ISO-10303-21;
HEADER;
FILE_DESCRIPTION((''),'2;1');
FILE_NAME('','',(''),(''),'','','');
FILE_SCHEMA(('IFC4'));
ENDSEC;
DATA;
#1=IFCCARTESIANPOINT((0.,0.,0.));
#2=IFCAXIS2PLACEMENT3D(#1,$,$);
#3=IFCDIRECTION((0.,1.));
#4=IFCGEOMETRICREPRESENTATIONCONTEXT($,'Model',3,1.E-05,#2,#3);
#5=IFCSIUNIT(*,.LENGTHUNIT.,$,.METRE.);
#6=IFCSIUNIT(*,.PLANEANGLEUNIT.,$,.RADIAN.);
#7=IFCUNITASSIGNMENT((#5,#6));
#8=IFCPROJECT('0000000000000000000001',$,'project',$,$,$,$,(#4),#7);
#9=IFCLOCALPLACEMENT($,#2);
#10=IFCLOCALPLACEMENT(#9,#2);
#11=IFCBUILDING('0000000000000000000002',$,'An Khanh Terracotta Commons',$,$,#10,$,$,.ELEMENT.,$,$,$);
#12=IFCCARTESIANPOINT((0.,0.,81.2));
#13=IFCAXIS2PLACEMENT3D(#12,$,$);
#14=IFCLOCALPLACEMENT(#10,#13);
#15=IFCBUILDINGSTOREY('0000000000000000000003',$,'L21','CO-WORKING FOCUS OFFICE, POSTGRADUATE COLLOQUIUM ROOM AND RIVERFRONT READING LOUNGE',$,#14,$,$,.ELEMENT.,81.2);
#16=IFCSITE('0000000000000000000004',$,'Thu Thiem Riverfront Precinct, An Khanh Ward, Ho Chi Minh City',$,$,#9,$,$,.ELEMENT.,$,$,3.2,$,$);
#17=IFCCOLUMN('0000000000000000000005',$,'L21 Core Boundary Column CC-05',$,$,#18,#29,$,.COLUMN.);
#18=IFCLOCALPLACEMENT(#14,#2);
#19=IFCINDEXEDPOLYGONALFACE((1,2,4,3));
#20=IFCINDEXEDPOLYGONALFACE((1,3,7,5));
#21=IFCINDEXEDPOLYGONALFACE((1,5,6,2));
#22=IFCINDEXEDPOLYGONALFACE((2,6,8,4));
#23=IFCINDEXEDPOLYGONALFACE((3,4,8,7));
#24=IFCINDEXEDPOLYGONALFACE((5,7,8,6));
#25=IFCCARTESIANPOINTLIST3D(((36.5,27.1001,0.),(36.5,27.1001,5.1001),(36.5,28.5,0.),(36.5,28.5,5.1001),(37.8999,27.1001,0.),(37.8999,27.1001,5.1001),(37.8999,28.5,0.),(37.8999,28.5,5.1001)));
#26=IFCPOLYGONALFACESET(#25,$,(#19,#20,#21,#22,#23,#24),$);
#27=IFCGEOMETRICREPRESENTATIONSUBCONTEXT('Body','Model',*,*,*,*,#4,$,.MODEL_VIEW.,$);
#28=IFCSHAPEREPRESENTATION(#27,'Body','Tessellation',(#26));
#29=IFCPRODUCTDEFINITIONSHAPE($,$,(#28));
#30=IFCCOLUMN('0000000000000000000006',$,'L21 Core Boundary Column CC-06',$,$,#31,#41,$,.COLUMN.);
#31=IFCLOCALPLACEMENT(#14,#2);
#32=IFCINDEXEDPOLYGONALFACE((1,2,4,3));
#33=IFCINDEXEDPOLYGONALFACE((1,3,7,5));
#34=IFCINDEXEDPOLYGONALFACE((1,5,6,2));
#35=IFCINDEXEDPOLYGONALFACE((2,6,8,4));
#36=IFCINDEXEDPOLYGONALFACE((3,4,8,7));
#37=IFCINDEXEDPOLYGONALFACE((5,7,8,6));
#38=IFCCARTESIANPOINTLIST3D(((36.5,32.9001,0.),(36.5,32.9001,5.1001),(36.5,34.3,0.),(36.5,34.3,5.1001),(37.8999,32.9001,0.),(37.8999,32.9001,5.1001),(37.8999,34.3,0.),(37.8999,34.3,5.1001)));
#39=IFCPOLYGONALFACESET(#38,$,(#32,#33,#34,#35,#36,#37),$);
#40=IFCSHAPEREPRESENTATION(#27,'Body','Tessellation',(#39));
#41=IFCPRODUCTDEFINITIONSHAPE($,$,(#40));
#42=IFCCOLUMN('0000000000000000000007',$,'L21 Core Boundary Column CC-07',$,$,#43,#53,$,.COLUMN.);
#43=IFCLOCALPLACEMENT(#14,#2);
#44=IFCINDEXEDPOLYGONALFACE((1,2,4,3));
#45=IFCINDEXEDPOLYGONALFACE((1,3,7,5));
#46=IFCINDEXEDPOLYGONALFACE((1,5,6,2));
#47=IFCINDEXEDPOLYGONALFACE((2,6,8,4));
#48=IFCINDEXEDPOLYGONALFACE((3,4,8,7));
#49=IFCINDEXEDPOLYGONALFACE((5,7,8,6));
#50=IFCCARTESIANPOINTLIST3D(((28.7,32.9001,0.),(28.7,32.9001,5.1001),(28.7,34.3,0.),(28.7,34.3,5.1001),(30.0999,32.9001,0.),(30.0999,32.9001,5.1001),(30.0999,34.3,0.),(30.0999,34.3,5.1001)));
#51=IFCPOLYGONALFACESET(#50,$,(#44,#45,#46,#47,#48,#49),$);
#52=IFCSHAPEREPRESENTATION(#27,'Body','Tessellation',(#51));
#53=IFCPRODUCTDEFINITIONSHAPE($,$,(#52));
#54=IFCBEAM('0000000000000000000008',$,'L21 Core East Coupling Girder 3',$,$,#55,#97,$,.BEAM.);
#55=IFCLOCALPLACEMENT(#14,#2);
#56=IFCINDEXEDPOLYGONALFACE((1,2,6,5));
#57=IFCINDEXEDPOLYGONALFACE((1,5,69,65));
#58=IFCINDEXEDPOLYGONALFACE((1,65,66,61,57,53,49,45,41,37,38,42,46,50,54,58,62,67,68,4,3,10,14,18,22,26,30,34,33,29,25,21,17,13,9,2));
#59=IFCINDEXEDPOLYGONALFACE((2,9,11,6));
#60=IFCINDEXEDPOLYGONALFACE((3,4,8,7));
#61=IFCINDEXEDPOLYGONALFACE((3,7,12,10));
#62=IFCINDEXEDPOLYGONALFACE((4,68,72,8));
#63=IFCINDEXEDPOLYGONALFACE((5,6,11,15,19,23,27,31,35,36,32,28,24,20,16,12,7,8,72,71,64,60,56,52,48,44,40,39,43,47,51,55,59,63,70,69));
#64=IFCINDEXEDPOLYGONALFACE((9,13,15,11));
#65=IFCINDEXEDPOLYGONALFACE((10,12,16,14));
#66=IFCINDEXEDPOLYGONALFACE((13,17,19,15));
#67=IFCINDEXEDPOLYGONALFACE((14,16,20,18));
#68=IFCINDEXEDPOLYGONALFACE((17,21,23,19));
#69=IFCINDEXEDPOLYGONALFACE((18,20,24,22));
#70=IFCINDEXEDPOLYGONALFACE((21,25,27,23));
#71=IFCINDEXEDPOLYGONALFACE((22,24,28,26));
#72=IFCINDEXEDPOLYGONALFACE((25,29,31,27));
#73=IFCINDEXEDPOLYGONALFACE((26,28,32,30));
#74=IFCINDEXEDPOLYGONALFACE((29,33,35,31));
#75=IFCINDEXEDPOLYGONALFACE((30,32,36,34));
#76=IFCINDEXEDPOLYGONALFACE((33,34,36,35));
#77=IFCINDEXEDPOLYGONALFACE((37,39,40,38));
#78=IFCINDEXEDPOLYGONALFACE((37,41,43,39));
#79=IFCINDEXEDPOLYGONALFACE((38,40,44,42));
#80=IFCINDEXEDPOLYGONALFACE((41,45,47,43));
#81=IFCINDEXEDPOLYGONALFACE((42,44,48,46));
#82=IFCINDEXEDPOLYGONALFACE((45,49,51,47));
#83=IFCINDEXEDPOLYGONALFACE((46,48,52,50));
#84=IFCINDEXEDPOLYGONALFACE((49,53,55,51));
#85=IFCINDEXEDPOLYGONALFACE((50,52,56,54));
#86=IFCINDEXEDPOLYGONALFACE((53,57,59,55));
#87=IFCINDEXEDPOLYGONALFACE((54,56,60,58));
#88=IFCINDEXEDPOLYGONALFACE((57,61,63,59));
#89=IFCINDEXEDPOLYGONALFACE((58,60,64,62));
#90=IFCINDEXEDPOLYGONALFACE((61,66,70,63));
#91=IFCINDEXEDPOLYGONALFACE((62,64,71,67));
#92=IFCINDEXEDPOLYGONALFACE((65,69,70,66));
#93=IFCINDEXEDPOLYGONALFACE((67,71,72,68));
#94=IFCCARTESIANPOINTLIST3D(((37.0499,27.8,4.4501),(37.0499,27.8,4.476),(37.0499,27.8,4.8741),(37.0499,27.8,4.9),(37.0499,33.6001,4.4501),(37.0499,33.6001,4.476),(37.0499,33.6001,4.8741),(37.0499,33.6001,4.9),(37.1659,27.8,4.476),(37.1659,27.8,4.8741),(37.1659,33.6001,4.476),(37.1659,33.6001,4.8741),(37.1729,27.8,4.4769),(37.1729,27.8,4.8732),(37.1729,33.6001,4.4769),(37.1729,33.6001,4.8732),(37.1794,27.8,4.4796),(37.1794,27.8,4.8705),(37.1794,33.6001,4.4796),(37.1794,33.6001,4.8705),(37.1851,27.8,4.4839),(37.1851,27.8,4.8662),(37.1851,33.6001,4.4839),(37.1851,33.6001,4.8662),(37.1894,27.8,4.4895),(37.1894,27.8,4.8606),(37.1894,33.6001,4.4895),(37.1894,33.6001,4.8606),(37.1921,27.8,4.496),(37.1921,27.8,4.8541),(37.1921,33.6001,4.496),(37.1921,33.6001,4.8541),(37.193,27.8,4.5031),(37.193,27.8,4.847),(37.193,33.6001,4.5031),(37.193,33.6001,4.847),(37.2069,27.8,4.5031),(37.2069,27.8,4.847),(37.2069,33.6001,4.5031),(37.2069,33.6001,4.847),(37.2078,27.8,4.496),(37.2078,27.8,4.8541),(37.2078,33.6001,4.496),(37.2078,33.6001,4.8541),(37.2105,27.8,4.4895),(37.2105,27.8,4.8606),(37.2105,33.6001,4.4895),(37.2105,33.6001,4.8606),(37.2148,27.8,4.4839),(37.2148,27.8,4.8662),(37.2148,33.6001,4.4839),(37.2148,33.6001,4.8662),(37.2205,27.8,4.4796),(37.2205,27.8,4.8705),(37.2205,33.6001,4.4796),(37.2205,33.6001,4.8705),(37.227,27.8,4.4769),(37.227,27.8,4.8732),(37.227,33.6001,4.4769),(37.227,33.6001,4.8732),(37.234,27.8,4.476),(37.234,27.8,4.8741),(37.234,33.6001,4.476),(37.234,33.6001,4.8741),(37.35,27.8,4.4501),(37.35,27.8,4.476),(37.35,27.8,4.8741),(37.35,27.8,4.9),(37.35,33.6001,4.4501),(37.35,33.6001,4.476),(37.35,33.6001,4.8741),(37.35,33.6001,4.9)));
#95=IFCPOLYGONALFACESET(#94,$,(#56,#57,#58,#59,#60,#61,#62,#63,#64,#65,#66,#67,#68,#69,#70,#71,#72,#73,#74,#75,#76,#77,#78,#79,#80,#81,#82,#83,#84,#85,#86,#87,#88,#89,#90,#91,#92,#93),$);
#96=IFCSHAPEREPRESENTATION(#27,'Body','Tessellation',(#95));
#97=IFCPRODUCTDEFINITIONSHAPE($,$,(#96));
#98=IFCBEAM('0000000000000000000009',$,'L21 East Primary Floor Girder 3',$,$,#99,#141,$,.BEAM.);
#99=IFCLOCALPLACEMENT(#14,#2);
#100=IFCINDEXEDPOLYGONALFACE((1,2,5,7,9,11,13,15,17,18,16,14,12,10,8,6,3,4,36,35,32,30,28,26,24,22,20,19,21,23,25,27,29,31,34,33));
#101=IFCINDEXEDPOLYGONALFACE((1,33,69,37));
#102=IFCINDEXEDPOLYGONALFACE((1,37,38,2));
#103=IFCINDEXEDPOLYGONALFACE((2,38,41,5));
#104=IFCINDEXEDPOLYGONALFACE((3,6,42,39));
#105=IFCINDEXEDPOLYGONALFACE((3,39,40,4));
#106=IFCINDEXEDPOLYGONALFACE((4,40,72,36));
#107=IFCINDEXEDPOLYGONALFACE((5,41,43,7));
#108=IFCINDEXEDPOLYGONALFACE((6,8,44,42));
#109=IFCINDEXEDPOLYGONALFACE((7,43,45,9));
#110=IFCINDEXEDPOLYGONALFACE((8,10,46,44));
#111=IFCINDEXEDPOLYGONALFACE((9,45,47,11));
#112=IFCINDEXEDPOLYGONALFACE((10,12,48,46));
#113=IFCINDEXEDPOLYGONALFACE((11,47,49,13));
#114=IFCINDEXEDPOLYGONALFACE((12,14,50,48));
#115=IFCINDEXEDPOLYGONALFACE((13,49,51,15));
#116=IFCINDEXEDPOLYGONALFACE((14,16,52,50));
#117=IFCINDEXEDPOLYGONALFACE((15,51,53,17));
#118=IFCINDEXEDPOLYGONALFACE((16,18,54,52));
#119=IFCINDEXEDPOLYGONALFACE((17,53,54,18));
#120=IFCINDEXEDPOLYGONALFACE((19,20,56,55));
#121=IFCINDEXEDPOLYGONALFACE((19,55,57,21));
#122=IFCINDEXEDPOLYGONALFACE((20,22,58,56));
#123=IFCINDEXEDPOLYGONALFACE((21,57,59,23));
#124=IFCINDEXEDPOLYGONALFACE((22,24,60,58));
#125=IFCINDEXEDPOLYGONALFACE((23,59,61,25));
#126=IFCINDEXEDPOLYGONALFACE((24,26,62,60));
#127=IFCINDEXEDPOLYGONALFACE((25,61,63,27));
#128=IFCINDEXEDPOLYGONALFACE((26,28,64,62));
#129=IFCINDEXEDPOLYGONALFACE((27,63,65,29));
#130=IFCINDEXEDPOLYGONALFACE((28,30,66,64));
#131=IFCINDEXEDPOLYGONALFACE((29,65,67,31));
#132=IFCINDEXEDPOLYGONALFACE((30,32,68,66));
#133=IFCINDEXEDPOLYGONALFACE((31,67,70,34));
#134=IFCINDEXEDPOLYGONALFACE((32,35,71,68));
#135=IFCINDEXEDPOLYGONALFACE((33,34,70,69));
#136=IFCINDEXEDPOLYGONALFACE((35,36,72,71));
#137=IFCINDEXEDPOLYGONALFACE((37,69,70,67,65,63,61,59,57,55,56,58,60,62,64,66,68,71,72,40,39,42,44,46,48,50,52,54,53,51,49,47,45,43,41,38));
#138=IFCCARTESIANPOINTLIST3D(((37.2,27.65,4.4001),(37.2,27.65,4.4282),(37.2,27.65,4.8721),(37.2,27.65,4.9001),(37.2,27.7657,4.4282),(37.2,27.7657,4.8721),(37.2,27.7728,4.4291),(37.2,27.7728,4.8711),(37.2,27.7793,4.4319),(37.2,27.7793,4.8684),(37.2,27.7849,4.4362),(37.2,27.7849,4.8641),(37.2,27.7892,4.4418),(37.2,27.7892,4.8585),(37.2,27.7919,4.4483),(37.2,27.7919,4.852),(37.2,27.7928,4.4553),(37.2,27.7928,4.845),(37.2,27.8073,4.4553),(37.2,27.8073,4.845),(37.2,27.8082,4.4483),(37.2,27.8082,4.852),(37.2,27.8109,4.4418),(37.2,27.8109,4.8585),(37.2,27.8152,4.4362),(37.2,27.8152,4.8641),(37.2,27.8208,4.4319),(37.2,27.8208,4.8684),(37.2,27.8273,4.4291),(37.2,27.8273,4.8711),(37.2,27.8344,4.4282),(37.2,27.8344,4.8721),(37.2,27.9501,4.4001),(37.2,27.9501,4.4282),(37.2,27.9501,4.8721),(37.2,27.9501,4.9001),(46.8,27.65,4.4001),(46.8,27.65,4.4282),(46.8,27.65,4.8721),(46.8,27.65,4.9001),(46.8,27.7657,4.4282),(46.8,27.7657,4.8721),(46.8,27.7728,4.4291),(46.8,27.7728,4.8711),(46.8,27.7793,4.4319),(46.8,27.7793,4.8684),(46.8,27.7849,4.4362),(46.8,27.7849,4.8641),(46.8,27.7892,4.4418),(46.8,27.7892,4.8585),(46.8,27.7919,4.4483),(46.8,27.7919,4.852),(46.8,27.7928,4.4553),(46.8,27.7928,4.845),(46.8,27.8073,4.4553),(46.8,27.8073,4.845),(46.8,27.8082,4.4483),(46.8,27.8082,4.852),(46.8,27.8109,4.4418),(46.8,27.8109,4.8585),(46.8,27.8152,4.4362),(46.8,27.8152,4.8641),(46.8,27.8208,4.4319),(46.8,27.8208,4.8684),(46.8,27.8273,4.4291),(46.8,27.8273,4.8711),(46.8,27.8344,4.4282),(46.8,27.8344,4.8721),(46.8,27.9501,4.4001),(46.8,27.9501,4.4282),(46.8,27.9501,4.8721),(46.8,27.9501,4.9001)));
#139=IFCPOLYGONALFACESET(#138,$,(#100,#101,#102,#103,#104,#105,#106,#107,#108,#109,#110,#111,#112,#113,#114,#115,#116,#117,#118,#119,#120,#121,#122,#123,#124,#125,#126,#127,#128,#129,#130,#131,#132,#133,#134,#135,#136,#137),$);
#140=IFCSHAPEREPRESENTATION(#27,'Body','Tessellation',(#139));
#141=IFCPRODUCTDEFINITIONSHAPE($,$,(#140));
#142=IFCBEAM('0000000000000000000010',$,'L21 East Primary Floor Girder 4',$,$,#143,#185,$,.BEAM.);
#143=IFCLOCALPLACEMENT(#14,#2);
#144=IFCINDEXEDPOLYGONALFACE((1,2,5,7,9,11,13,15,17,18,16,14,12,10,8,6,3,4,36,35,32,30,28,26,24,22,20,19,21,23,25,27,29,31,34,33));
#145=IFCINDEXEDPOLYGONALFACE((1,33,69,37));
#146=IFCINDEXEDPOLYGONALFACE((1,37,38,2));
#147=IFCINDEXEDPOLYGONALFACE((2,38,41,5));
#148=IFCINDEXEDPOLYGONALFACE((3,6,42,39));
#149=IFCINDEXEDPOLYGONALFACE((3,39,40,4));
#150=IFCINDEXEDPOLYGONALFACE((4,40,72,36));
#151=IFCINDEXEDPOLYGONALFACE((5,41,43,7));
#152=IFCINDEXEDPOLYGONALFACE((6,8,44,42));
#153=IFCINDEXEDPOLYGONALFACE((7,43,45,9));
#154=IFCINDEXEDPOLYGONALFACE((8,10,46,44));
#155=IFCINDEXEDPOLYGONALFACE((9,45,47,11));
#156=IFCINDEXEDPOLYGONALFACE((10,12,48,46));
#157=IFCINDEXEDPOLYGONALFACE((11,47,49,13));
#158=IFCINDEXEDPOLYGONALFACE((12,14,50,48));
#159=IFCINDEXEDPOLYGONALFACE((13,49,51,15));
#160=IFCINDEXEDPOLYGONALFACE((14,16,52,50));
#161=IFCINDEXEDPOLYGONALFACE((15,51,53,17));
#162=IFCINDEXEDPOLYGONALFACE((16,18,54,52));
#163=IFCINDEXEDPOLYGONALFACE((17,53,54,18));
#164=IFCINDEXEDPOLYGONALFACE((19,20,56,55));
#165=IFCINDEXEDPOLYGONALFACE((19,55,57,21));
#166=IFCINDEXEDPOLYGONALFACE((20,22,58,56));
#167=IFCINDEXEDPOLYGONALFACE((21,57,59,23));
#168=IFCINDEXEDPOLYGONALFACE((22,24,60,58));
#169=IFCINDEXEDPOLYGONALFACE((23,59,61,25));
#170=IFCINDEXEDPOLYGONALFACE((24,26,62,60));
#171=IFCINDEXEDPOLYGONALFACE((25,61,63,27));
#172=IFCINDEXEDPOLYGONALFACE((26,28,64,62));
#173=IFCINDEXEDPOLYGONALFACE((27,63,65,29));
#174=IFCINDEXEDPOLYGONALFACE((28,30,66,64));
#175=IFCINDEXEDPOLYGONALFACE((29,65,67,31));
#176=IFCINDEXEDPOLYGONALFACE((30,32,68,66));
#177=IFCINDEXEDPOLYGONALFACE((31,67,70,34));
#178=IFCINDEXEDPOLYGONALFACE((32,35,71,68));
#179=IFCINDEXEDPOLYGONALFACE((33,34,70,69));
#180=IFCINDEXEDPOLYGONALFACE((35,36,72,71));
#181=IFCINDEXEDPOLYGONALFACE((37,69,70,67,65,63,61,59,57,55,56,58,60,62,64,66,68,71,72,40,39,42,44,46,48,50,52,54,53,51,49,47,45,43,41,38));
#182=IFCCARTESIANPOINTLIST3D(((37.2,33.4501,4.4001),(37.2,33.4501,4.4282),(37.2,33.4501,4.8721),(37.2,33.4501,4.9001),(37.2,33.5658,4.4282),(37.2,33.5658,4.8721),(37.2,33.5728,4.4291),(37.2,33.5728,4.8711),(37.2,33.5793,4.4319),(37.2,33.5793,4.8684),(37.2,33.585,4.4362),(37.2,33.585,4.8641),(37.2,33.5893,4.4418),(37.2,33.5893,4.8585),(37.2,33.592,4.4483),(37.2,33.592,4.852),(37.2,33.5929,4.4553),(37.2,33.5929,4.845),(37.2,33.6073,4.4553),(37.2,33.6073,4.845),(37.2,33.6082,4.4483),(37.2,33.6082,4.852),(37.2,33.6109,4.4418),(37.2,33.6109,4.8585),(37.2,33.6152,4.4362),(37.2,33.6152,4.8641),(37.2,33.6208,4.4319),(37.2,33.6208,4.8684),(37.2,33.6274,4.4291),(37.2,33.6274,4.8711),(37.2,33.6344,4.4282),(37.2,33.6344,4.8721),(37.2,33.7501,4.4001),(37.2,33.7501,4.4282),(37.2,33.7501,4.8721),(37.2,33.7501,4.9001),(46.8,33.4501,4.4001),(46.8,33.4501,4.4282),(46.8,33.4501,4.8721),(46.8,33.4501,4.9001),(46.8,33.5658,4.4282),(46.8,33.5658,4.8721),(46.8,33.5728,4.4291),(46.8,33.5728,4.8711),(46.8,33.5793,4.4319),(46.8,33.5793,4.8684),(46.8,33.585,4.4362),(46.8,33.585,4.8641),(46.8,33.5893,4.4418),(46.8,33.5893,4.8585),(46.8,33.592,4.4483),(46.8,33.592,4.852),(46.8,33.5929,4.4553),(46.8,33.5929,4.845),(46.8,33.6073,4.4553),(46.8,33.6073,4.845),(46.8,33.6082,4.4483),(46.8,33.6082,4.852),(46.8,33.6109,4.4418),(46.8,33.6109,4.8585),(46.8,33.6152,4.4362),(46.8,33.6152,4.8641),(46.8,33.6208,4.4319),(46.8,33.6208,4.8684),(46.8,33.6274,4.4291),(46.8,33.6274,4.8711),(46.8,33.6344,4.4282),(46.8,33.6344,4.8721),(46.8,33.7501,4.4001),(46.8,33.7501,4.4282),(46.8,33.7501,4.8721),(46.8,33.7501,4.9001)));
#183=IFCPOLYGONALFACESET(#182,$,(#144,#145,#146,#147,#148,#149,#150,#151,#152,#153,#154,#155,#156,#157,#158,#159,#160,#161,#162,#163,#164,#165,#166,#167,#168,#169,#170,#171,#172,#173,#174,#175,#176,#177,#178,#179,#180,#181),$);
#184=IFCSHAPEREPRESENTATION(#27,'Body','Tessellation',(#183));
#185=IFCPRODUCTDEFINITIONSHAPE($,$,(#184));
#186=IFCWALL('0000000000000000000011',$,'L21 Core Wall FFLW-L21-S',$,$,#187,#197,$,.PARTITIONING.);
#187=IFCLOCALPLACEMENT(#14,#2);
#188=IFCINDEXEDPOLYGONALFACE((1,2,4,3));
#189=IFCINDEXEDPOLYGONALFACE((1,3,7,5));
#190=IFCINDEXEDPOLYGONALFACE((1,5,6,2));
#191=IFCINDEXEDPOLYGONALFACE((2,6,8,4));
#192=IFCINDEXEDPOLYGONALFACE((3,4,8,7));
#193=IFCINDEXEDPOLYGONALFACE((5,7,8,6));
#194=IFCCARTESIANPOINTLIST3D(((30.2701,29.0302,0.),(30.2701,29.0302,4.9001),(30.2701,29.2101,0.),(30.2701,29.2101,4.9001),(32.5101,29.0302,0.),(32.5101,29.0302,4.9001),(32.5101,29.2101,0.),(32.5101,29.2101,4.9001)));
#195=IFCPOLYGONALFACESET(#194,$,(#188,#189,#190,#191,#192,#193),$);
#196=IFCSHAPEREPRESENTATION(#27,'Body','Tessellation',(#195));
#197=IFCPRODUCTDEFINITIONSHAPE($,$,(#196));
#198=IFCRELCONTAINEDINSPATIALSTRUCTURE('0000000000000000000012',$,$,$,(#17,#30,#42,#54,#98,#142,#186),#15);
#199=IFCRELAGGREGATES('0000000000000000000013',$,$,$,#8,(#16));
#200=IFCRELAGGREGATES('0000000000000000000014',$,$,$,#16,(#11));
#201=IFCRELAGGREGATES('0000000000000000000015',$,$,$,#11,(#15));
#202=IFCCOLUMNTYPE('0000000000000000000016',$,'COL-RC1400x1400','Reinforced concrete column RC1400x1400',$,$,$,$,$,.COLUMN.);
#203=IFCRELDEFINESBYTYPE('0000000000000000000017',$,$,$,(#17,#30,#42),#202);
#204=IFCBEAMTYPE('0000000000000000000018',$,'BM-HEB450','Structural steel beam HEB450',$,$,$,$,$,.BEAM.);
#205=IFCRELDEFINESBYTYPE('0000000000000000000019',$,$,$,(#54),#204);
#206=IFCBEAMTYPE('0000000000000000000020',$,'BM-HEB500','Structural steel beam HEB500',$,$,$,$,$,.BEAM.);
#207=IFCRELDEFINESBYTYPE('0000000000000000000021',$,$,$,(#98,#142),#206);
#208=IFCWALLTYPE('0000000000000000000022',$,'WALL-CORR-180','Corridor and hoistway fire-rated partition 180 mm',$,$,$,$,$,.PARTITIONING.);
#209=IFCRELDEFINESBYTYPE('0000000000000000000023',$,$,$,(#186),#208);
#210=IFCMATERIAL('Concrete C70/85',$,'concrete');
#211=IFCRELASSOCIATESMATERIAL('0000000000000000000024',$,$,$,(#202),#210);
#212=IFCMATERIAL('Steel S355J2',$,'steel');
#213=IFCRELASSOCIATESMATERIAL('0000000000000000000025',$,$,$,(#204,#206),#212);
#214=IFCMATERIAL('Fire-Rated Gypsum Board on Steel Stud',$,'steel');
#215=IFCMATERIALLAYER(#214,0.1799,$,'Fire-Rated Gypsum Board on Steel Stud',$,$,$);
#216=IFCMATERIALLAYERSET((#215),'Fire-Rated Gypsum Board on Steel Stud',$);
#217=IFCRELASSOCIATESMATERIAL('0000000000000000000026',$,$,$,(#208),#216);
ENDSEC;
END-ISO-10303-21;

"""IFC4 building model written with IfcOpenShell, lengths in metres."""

from ifc_helpers import new_model, si_unit, direction, frame, frame_2d, origin, origin_2d, place, context, subcontext, project, spatial, rectangle, i_section, extrude, material, layer, layer_set, material_profile, profile_set, type_object, element, save


model = new_model("IFC4")

# Units and contexts
model_context = context("Model", 3, precision=1e-05, world=origin(), true_north=direction((0.0, 1.0)))
body_context = subcontext(model_context, "Body", "Model", "MODEL_VIEW")
ifc_project = project(units=[si_unit("LENGTHUNIT", "METRE"), si_unit("PLANEANGLEUNIT", "RADIAN")], contexts=[model_context])

# Site, building, storey
site_placement = place(None, origin())
site = spatial("IfcSite", under=ifc_project, at=site_placement, Name="Thu Thiem Riverfront Precinct, An Khanh Ward, Ho Chi Minh City", CompositionType="ELEMENT", RefElevation=3.2)
building_placement = place(site_placement, origin())
building = spatial("IfcBuilding", under=site, at=building_placement, Name="An Khanh Terracotta Commons", CompositionType="ELEMENT")
storey_placement = place(building_placement, frame((0.0, 0.0, 81.2)))
storey = spatial("IfcBuildingStorey", under=building, at=storey_placement, Name="L21", Description="CO-WORKING FOCUS OFFICE, POSTGRADUATE COLLOQUIUM ROOM AND RIVERFRONT READING LOUNGE", CompositionType="ELEMENT", Elevation=81.2)

# Columns
ifc_material_1 = material(Name="Concrete C70/85", Category="concrete")
ifc_material_profile_1 = material_profile(ifc_material_1, rectangle(XDim=1.3999, YDim=1.3999, at=origin_2d()), Name="RC1400x1400")
ifc_profile_set_1 = profile_set([ifc_material_profile_1], Name="Concrete C70/85")
column_type = type_object("IfcColumnType", Name="COL-RC1400x1400", Description="Reinforced concrete column RC1400x1400", PredefinedType="COLUMN", material=ifc_profile_set_1)
for number, where, z_axis, x_axis, name in (
    (1, (37.2, 27.8, 0.0), (0.0, 0.0, 1.0), (1.0, 0.0, 0.0), "L21 Core Boundary Column CC-05"),
    (2, (37.2, 33.6001, 0.0), (0.0, 0.0, 1.0), (1.0, 0.0, 0.0), "L21 Core Boundary Column CC-06"),
    (3, (29.3999, 33.6001, 0.0), (0.0, 0.0, 1.0), (1.0, 0.0, 0.0), "L21 Core Boundary Column CC-07"),
):
    element("IfcColumn", number, at=place(storey_placement, frame(where, z_axis=z_axis, x_axis=x_axis)), inside=storey, type_object=column_type, Name=name, PredefinedType="COLUMN", context=body_context, shape_type="SweptSolid", body=[
        extrude(rectangle(XDim=1.3999, YDim=1.3999, at=origin_2d()), origin(), (0.0, 0.0, 1.0), 5.1001),
    ])

# Beams
ifc_material_2 = material(Name="Steel S355J2", Category="steel")
ifc_material_profile_2 = material_profile(ifc_material_2, i_section(OverallWidth=0.3, OverallDepth=0.45, WebThickness=0.0139, FlangeThickness=0.0259, FilletRadius=0.0271, at=origin_2d()), Name="HEB450")
ifc_profile_set_2 = profile_set([ifc_material_profile_2], Name="Steel S355J2")
beam_type_1 = type_object("IfcBeamType", Name="BM-HEB450", Description="Structural steel beam HEB450", PredefinedType="BEAM", material=ifc_profile_set_2)
beam_placement = place(storey_placement, frame((37.2, 27.8, 4.675), z_axis=(0.0, 1.0, 0.0), x_axis=(-1.0, 0.0, 0.0)))
element("IfcBeam", 4, at=beam_placement, inside=storey, type_object=beam_type_1, Name="L21 Core East Coupling Girder 3", PredefinedType="BEAM", context=body_context, shape_type="SweptSolid", body=[
    extrude(i_section(OverallWidth=0.3, OverallDepth=0.45, WebThickness=0.0139, FlangeThickness=0.0259, FilletRadius=0.0271, at=origin_2d()), origin(), (0.0, 0.0, 1.0), 5.8),
])
ifc_material_profile_3 = material_profile(ifc_material_2, i_section(OverallWidth=0.3, OverallDepth=0.5, WebThickness=0.0144, FlangeThickness=0.0281, FilletRadius=0.0271, at=origin_2d()), Name="HEB500")
ifc_profile_set_3 = profile_set([ifc_material_profile_3], Name="Steel S355J2")
beam_type_2 = type_object("IfcBeamType", Name="BM-HEB500", Description="Structural steel beam HEB500", PredefinedType="BEAM", material=ifc_profile_set_3)
for number, where, z_axis, x_axis, name in (
    (5, (37.2, 27.8, 4.6501), (1.0, 0.0, 0.0), (0.0, 1.0, 0.0), "L21 East Primary Floor Girder 3"),
    (6, (37.2, 33.6001, 4.6501), (1.0, 0.0, 0.0), (0.0, 1.0, 0.0), "L21 East Primary Floor Girder 4"),
):
    element("IfcBeam", number, at=place(storey_placement, frame(where, z_axis=z_axis, x_axis=x_axis)), inside=storey, type_object=beam_type_2, Name=name, PredefinedType="BEAM", context=body_context, shape_type="SweptSolid", body=[
        extrude(i_section(OverallWidth=0.3, OverallDepth=0.5, WebThickness=0.0144, FlangeThickness=0.0281, FilletRadius=0.0271, at=origin_2d()), origin(), (0.0, 0.0, 1.0), 9.6001),
    ])

# Wall
ifc_material_3 = material(Name="Fire-Rated Gypsum Board on Steel Stud", Category="steel")
ifc_layer_1 = layer(ifc_material_3, 0.1799, Name="Fire-Rated Gypsum Board on Steel Stud")
ifc_layer_set_1 = layer_set([ifc_layer_1], Name="Fire-Rated Gypsum Board on Steel Stud")
wall_type_1 = type_object("IfcWallType", Name="WALL-CORR-180", Description="Corridor and hoistway fire-rated partition 180 mm", PredefinedType="PARTITIONING", material=ifc_layer_set_1)
wall_1_placement = place(storey_placement, frame((30.27, 29.1201, 0.0), z_axis=(0.0, 0.0, 1.0), x_axis=(1.0, 0.0, 0.0)))
element("IfcWall", 7, at=wall_1_placement, inside=storey, type_object=wall_type_1, Name="L21 Core Wall FFLW-L21-S", PredefinedType="PARTITIONING", context=body_context, shape_type="SweptSolid", body=[
    extrude(rectangle(XDim=2.24, YDim=0.1799, at=frame_2d((1.1201, 0.0))), origin(), (0.0, 0.0, 1.0), 4.9001),
])

save(model, "model.ifc")
